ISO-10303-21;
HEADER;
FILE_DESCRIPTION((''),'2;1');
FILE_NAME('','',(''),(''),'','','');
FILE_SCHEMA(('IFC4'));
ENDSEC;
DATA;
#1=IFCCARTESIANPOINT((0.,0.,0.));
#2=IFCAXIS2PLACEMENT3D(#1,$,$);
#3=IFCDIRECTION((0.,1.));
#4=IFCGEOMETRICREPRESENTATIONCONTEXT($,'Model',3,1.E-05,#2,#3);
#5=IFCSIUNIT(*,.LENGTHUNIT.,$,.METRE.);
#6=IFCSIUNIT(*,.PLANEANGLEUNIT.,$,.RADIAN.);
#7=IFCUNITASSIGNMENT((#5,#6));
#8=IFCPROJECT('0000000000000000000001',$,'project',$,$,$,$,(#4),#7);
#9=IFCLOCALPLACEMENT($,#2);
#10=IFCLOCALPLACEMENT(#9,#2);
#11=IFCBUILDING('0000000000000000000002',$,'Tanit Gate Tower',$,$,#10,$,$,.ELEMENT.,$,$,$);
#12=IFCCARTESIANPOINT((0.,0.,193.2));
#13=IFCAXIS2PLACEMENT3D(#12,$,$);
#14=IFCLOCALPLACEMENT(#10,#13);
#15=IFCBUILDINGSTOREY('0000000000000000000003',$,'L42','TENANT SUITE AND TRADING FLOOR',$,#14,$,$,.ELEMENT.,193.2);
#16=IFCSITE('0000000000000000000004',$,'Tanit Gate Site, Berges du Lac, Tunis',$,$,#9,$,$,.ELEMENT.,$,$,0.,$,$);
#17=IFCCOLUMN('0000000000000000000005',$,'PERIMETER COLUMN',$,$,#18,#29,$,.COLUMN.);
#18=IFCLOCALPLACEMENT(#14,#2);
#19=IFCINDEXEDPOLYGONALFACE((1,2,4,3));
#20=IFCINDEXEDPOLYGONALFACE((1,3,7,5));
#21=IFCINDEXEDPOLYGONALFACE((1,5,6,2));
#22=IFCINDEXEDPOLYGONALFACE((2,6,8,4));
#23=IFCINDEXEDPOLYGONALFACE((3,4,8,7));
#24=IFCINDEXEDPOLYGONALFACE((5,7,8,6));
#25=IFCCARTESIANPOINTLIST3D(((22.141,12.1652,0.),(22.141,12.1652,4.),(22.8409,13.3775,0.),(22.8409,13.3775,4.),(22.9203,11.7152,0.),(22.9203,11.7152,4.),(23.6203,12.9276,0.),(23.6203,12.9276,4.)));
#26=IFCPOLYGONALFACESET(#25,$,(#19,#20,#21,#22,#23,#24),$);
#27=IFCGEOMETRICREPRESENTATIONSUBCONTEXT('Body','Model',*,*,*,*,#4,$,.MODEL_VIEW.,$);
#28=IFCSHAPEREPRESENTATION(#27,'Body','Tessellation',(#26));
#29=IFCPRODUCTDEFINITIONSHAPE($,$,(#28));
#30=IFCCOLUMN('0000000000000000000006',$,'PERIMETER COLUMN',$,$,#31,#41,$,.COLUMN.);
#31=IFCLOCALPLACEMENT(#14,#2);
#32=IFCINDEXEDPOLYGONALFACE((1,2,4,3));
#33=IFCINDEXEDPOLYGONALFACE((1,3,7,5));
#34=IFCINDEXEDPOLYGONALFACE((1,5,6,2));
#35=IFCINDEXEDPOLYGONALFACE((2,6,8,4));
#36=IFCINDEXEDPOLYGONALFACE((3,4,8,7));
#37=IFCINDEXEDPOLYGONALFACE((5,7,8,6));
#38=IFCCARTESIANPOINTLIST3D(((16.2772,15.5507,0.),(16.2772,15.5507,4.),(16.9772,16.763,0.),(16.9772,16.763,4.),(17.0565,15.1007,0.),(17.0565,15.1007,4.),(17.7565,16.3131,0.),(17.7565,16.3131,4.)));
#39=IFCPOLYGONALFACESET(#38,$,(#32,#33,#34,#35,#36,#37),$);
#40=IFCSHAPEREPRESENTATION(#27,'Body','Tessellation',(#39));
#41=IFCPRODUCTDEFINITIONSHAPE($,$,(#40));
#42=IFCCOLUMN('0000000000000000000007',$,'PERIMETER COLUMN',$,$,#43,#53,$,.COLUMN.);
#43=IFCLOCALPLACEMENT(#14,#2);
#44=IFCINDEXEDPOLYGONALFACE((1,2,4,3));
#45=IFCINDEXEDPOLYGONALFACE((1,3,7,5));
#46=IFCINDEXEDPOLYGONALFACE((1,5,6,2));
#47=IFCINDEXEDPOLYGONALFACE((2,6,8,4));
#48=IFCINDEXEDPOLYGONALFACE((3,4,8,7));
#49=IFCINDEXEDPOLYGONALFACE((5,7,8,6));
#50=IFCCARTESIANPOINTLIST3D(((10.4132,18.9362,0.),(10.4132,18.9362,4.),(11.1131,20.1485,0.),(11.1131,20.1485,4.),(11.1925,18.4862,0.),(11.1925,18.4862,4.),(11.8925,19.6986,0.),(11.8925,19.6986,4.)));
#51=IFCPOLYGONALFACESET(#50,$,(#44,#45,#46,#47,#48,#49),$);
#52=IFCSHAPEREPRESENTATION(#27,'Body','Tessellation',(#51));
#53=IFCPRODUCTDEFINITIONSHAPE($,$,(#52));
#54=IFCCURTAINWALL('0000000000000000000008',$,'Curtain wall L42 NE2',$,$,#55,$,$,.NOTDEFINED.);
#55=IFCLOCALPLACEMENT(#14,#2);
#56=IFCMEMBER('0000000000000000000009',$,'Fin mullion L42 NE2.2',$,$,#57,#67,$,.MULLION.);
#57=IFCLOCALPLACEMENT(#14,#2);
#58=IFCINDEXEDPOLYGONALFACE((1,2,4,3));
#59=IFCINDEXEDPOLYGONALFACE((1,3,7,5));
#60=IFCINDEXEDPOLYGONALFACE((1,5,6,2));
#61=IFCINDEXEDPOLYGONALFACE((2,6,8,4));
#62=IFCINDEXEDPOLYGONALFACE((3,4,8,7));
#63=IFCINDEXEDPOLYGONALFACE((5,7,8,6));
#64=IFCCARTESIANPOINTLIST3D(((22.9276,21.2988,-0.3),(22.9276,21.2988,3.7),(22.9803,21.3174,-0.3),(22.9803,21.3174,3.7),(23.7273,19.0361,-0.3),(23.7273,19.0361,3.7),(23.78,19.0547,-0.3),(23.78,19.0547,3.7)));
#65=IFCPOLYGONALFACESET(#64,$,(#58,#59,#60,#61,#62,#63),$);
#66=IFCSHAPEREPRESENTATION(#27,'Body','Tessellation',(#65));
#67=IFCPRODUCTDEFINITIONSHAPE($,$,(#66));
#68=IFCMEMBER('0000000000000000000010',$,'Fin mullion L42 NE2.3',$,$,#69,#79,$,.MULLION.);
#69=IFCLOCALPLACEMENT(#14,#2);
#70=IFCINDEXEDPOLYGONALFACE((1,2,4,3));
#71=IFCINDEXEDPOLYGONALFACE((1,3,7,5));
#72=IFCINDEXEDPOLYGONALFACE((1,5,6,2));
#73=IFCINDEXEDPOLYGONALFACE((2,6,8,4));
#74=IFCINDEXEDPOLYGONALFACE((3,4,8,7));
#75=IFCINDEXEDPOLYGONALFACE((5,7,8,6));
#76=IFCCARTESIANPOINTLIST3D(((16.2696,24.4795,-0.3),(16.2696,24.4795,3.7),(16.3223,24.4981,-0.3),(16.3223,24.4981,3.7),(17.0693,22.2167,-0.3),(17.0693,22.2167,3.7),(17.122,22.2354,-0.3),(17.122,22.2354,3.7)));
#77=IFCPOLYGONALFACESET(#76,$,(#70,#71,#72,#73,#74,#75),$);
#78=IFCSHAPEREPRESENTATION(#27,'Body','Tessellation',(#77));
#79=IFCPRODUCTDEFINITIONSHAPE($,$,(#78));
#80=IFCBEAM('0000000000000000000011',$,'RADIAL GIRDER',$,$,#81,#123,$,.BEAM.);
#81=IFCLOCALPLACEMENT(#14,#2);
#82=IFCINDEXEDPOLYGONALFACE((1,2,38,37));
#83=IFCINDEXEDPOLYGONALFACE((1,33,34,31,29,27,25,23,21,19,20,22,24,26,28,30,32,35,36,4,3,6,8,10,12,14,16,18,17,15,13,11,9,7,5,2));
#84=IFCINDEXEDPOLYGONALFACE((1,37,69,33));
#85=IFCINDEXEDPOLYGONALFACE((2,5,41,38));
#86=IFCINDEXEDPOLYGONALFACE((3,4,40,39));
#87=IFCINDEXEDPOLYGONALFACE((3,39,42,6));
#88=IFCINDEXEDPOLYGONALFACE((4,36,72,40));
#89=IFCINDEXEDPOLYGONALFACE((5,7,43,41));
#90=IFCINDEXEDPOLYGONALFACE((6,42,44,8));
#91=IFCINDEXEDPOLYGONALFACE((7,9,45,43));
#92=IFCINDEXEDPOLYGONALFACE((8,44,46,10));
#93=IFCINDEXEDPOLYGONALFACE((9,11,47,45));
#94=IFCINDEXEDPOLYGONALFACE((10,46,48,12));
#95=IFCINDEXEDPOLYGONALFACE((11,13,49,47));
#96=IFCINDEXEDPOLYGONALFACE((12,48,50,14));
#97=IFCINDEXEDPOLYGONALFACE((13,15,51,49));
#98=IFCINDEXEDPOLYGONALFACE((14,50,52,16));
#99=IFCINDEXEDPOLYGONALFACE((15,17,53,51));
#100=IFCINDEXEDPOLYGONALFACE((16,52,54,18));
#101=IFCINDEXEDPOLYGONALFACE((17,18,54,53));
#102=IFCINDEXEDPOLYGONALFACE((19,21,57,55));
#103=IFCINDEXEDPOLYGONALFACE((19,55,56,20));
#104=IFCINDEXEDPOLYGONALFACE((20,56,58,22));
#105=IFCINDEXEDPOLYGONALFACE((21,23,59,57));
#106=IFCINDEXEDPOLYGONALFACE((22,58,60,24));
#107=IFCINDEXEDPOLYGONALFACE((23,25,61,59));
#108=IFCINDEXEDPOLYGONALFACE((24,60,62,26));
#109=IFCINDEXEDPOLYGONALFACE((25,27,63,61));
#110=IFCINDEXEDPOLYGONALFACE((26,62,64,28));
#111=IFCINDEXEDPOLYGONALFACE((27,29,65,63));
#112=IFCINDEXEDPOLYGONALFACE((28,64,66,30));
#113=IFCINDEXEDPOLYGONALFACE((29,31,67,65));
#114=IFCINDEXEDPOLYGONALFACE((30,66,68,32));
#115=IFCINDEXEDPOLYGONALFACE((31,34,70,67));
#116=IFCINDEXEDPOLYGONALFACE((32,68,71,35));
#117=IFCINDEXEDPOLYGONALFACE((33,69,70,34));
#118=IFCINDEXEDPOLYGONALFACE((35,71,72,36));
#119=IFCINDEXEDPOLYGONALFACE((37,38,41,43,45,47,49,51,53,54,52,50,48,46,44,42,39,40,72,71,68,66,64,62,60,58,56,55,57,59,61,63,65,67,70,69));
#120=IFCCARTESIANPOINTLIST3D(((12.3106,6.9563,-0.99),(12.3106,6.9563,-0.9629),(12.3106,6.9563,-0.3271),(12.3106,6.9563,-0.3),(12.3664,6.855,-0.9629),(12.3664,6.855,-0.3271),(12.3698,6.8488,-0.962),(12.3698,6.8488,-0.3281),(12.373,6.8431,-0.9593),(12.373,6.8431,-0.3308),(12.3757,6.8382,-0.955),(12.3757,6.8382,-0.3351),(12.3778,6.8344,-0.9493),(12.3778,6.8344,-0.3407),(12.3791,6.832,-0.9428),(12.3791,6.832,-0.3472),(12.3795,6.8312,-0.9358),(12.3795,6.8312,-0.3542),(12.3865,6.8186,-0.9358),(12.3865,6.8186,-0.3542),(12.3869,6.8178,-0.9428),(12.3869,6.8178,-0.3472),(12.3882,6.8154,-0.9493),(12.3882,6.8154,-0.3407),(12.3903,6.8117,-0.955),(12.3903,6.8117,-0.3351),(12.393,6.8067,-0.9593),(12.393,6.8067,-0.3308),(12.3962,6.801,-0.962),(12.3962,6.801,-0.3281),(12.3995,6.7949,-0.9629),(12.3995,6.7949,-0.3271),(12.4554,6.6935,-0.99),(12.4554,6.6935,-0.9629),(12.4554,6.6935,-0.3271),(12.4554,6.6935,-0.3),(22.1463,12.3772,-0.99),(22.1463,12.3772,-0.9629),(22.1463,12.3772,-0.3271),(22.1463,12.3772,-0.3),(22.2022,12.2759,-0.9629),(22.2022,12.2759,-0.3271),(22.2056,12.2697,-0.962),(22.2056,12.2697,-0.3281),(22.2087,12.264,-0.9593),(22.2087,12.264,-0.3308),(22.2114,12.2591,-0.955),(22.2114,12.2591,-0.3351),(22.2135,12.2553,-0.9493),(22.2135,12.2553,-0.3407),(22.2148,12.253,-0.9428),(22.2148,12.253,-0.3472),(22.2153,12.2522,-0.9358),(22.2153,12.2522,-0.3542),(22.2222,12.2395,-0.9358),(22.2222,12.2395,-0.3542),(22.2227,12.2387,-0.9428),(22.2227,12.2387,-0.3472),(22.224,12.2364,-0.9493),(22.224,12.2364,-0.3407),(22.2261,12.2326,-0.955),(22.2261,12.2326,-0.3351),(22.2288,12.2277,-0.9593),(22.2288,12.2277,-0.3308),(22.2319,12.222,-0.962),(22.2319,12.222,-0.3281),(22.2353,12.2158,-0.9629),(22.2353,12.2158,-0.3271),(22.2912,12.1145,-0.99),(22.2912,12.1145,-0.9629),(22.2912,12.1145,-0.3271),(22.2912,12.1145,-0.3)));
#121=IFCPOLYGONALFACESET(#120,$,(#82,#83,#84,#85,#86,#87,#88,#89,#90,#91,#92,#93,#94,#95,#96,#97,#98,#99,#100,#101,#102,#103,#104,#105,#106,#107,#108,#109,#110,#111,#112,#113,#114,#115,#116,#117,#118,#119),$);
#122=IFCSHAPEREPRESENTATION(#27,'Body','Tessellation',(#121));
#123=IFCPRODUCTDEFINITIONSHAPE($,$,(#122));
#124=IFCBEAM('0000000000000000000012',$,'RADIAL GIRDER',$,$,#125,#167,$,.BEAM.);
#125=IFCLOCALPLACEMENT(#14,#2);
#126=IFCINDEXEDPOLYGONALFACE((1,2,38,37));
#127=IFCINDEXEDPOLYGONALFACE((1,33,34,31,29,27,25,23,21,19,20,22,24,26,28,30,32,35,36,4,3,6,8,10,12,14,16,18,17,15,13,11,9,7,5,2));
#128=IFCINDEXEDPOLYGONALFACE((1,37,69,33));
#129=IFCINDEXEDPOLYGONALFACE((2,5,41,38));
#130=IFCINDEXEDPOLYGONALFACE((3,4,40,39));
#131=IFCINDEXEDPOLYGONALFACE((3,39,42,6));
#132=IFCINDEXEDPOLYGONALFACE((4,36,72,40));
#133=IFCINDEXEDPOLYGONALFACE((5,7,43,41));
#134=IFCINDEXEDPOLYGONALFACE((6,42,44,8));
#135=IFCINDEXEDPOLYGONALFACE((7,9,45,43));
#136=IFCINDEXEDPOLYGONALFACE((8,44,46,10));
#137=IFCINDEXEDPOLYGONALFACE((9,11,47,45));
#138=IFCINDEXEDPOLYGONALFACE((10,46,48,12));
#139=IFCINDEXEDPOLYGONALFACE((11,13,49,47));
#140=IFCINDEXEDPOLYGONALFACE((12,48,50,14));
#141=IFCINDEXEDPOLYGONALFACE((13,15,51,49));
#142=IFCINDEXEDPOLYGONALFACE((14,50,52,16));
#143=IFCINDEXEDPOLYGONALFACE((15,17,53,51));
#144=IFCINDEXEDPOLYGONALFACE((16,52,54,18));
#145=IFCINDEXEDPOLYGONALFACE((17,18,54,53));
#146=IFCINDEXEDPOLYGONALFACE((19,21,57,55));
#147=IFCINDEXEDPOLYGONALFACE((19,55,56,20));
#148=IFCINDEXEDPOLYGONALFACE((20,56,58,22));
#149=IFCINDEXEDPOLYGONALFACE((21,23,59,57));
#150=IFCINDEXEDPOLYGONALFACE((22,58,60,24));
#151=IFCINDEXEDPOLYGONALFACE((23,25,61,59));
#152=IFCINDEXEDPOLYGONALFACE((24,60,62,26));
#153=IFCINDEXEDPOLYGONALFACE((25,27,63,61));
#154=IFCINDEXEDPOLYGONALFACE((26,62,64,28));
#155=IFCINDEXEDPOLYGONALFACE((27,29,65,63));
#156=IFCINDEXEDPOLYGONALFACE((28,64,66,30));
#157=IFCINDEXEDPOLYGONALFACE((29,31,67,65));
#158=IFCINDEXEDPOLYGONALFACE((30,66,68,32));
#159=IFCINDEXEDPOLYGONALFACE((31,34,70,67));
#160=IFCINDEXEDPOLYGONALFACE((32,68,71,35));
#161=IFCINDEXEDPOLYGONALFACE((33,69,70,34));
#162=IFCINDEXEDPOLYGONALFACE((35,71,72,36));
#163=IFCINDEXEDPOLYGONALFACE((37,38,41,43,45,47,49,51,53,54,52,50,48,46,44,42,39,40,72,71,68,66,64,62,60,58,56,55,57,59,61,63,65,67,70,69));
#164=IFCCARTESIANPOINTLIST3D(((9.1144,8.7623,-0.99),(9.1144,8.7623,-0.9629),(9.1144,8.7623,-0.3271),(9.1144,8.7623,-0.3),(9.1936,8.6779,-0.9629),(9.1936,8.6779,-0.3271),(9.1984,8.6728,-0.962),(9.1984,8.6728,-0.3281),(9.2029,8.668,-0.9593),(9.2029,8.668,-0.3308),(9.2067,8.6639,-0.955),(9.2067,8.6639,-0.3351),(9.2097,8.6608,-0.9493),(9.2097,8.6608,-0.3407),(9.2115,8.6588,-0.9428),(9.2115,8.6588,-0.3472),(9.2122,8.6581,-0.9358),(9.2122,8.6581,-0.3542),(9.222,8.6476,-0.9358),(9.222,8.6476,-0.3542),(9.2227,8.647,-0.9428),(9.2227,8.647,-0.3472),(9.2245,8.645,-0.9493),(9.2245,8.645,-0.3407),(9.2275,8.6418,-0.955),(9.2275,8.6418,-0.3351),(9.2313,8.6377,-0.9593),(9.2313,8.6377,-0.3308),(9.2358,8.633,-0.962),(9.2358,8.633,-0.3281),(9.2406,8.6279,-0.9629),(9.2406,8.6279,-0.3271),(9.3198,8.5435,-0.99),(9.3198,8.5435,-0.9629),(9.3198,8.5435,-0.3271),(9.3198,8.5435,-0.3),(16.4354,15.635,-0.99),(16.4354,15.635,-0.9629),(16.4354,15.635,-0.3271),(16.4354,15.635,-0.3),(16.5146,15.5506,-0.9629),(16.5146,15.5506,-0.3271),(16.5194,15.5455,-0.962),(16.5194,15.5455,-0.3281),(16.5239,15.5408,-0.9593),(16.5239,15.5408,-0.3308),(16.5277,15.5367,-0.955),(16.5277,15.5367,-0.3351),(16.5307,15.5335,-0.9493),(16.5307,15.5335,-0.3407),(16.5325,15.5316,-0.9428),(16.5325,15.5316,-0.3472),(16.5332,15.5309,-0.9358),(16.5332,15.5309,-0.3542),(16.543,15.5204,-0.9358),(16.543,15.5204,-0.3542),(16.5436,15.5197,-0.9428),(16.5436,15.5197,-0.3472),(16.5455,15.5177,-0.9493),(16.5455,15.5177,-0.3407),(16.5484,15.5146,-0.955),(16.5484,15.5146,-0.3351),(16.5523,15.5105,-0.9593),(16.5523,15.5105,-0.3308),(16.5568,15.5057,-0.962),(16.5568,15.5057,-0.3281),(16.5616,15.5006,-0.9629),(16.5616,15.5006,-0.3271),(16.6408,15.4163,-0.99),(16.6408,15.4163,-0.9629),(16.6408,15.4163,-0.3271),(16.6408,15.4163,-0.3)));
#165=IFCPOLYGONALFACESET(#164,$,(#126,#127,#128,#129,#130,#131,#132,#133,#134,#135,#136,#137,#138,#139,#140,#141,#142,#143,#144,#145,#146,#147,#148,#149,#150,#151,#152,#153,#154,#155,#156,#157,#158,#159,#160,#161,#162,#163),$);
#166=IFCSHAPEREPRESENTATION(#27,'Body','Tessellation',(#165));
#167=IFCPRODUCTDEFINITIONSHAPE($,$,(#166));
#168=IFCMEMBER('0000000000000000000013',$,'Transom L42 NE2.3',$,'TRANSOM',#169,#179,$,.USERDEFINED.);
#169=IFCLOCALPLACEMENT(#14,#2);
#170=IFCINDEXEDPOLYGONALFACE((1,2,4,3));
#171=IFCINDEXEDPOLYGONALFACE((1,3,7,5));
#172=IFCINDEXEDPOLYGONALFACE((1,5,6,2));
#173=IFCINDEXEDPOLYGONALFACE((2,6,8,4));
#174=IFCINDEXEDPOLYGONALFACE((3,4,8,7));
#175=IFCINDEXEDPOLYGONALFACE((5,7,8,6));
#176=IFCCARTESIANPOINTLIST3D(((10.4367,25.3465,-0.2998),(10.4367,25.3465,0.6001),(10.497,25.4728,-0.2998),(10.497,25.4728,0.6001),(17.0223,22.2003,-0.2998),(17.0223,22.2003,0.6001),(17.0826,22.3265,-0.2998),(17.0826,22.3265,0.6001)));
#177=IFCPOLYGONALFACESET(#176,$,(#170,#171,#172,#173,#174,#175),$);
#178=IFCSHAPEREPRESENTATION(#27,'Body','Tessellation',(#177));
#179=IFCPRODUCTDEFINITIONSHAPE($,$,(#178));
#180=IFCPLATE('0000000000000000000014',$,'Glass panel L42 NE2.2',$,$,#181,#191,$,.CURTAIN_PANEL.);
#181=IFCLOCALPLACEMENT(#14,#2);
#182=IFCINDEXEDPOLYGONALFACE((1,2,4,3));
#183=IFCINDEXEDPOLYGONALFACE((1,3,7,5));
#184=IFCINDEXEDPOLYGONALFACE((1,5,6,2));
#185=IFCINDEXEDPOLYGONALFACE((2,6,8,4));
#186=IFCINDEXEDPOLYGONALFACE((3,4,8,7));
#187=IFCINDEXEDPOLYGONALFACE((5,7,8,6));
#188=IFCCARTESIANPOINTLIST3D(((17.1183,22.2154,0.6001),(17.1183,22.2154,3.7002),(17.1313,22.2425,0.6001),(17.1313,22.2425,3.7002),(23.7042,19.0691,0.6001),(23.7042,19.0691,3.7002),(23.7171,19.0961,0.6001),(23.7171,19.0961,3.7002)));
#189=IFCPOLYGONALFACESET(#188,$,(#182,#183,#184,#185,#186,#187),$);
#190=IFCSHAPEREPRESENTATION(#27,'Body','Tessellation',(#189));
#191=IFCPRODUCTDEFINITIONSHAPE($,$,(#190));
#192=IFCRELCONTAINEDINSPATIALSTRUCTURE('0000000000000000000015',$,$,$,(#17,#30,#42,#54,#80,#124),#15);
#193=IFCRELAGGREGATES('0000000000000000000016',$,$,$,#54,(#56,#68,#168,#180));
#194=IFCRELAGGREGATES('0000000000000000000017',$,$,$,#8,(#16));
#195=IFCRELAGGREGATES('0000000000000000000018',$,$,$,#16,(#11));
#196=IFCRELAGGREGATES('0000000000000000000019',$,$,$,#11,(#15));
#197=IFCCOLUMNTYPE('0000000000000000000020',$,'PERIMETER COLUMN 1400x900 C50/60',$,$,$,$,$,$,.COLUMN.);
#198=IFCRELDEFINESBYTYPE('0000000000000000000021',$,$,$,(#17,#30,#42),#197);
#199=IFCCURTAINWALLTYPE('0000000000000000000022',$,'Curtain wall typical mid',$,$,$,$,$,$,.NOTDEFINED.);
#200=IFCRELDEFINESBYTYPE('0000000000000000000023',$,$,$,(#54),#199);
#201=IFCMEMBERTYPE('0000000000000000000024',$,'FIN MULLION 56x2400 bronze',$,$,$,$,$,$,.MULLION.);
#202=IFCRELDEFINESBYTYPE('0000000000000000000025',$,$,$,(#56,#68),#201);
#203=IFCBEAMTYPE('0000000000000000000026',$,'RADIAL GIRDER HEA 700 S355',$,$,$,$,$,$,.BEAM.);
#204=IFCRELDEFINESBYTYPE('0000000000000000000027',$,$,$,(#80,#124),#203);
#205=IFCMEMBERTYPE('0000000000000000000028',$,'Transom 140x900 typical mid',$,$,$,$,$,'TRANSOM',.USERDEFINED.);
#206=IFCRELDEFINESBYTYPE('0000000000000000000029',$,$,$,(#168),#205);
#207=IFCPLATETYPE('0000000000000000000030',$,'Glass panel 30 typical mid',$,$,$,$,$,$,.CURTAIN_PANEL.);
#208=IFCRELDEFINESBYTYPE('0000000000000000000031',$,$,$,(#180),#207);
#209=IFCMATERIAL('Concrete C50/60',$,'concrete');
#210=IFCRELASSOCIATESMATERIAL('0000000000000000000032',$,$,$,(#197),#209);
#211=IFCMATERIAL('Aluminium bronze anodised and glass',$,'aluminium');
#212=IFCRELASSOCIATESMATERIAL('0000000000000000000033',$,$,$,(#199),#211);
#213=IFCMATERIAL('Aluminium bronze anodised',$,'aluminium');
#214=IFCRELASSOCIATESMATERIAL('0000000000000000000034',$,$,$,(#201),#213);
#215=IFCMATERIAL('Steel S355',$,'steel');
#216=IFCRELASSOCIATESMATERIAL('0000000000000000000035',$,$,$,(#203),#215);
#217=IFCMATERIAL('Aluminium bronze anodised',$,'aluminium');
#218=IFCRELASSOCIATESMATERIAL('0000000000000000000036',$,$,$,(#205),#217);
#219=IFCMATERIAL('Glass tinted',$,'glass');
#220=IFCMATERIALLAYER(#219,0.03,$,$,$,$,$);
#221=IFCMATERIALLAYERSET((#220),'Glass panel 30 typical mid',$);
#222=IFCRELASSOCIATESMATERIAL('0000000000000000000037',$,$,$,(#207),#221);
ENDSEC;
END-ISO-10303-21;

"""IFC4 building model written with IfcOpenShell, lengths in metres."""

from ifc_helpers import new_model, si_unit, direction, frame, origin, origin_2d, place, context, subcontext, project, spatial, rectangle, i_section, extrude, material, layer, layer_set, material_profile, profile_set, type_object, element, aggregate, save


model = new_model("IFC4")

# Units and contexts
model_context = context("Model", 3, precision=1e-05, world=origin(), true_north=direction((0.0, 1.0)))
body_context = subcontext(model_context, "Body", "Model", "MODEL_VIEW")
ifc_project = project(units=[si_unit("LENGTHUNIT", "METRE"), si_unit("PLANEANGLEUNIT", "RADIAN")], contexts=[model_context])

# Site, building, storey
site_placement = place(None, origin())
site = spatial("IfcSite", under=ifc_project, at=site_placement, Name="Tanit Gate Site, Berges du Lac, Tunis", CompositionType="ELEMENT", RefElevation=0.0)
building_placement = place(site_placement, origin())
building = spatial("IfcBuilding", under=site, at=building_placement, Name="Tanit Gate Tower", CompositionType="ELEMENT")
storey_placement = place(building_placement, frame((0.0, 0.0, 193.2)))
storey = spatial("IfcBuildingStorey", under=building, at=storey_placement, Name="L42", Description="TENANT SUITE AND TRADING FLOOR", CompositionType="ELEMENT", Elevation=193.2)

# Columns
ifc_material_1 = material(Name="Concrete C50/60", Category="concrete")
ifc_material_profile_1 = material_profile(ifc_material_1, rectangle(XDim=1.3999, YDim=0.8999, at=origin_2d()), Name="RC 1400x900")
ifc_profile_set_1 = profile_set([ifc_material_profile_1], Name="Concrete C50/60")
column_type = type_object("IfcColumnType", Name="PERIMETER COLUMN 1400x900 C50/60", PredefinedType="COLUMN", material=ifc_profile_set_1)
for number, where, z_axis, x_axis, name in (
    (1, (22.8806, 12.5464, 0.0), (0.0, 0.0, 1.0), (0.5, 0.866025, 0.0), "PERIMETER COLUMN"),
    (2, (17.0168, 15.9319, 0.0), (0.0, 0.0, 1.0), (0.5, 0.866025, 0.0), "PERIMETER COLUMN"),
    (3, (11.1528, 19.3174, 0.0), (0.0, 0.0, 1.0), (0.5, 0.866025, 0.0), "PERIMETER COLUMN"),
):
    element("IfcColumn", number, at=place(storey_placement, frame(where, z_axis=z_axis, x_axis=x_axis)), inside=storey, type_object=column_type, Name=name, PredefinedType="COLUMN", context=body_context, shape_type="SweptSolid", body=[
        extrude(rectangle(XDim=1.3999, YDim=0.8999, at=origin_2d()), origin(), (0.0, 0.0, 1.0), 4.0),
    ])

# Curtain wall, members
ifc_material_2 = material(Name="Aluminium bronze anodised and glass", Category="aluminium")
curtain_wall_type = type_object("IfcCurtainWallType", Name="Curtain wall typical mid", PredefinedType="NOTDEFINED", material=ifc_material_2)
curtain_wall_placement = place(storey_placement, origin())
curtain_wall = element("IfcCurtainWall", 4, at=curtain_wall_placement, inside=storey, type_object=curtain_wall_type, Name="Curtain wall L42 NE2", PredefinedType="NOTDEFINED")
ifc_material_3 = material(Name="Aluminium bronze anodised", Category="aluminium")
ifc_material_profile_2 = material_profile(ifc_material_3, rectangle(XDim=2.3999, YDim=0.0559, at=origin_2d()), Name="56x2400 bronze fin mullion")
ifc_profile_set_2 = profile_set([ifc_material_profile_2], Name="Aluminium bronze anodised")
member_type_1 = type_object("IfcMemberType", Name="FIN MULLION 56x2400 bronze", PredefinedType="MULLION", material=ifc_profile_set_2)
member_1_placement = place(storey_placement, frame((23.3538, 20.1768, -0.3), z_axis=(0.0, 0.0, 1.0), x_axis=(0.33322, -0.942849, 0.0)))
member_1 = element("IfcMember", 5, at=member_1_placement, type_object=member_type_1, Name="Fin mullion L42 NE2.2", PredefinedType="MULLION", context=body_context, shape_type="SweptSolid", body=[
    extrude(rectangle(XDim=2.3999, YDim=0.0559, at=origin_2d()), origin(), (0.0, 0.0, 1.0), 4.0),
])
member_2_placement = place(storey_placement, frame((16.6958, 23.3574, -0.3), z_axis=(0.0, 0.0, 1.0), x_axis=(0.33322, -0.942849, 0.0)))
member_2 = element("IfcMember", 6, at=member_2_placement, type_object=member_type_1, Name="Fin mullion L42 NE2.3", PredefinedType="MULLION", context=body_context, shape_type="SweptSolid", body=[
    extrude(rectangle(XDim=2.3999, YDim=0.0559, at=origin_2d()), origin(), (0.0, 0.0, 1.0), 4.0),
])

# Beams
ifc_material_4 = material(Name="Steel S355", Category="steel")
ifc_material_profile_3 = material_profile(ifc_material_4, i_section(OverallWidth=0.3, OverallDepth=0.6899, WebThickness=0.0144, FlangeThickness=0.0271, FilletRadius=0.0271, at=origin_2d()), Name="HEA 700")
ifc_profile_set_3 = profile_set([ifc_material_profile_3], Name="Steel S355")
beam_type = type_object("IfcBeamType", Name="RADIAL GIRDER HEA 700 S355", PredefinedType="BEAM", material=ifc_profile_set_3)
beam_1_placement = place(storey_placement, frame((22.2188, 12.2458, -0.645), z_axis=(-0.875792, -0.482689, 0.0), x_axis=(0.482689, -0.875792, 0.0)))
element("IfcBeam", 7, at=beam_1_placement, inside=storey, type_object=beam_type, Name="RADIAL GIRDER", PredefinedType="BEAM", context=body_context, shape_type="SweptSolid", body=[
    extrude(i_section(OverallWidth=0.3, OverallDepth=0.6899, WebThickness=0.0144, FlangeThickness=0.0271, FilletRadius=0.0271, at=origin_2d()), origin(), (0.0, 0.0, 1.0), 11.2307),
])
beam_2_placement = place(storey_placement, frame((16.5381, 15.5256, -0.645), z_axis=(-0.729074, -0.684435, 0.0), x_axis=(0.684435, -0.729074, 0.0)))
element("IfcBeam", 8, at=beam_2_placement, inside=storey, type_object=beam_type, Name="RADIAL GIRDER", PredefinedType="BEAM", context=body_context, shape_type="SweptSolid", body=[
    extrude(i_section(OverallWidth=0.3, OverallDepth=0.6899, WebThickness=0.0144, FlangeThickness=0.0271, FilletRadius=0.0271, at=origin_2d()), origin(), (0.0, 0.0, 1.0), 10.0415),
])

# Member
ifc_material_5 = material(Name="Aluminium bronze anodised", Category="aluminium")
ifc_material_profile_4 = material_profile(ifc_material_5, rectangle(XDim=0.1399, YDim=0.8999, at=origin_2d()), Name="140x900 bronze transom")
ifc_profile_set_4 = profile_set([ifc_material_profile_4], Name="Aluminium bronze anodised")
member_type_2 = type_object("IfcMemberType", Name="Transom 140x900 typical mid", ElementType="TRANSOM", PredefinedType="USERDEFINED", material=ifc_profile_set_4)
member_3_placement = place(storey_placement, frame((17.0525, 22.2634, 0.1501), z_axis=(-0.902318, 0.431072, 0.0), x_axis=(-0.431072, -0.902318, 0.0)))
member_3 = element("IfcMember", 9, at=member_3_placement, type_object=member_type_2, Name="Transom L42 NE2.3", ObjectType="TRANSOM", PredefinedType="USERDEFINED", context=body_context, shape_type="SweptSolid", body=[
    extrude(rectangle(XDim=0.1399, YDim=0.8999, at=origin_2d()), origin(), (0.0, 0.0, 1.0), 7.2986),
])

# Plate
ifc_material_6 = material(Name="Glass tinted", Category="glass")
ifc_layer_1 = layer(ifc_material_6, 0.03)
ifc_layer_set_1 = layer_set([ifc_layer_1], Name="Glass panel 30 typical mid")
plate_type = type_object("IfcPlateType", Name="Glass panel 30 typical mid", PredefinedType="CURTAIN_PANEL", material=ifc_layer_set_1)
plate_1_placement = place(storey_placement, frame((20.4177, 20.6558, 0.6001), z_axis=(0.0, 0.0, 1.0), x_axis=(-0.902317, 0.431073, 0.0)))
plate_1 = element("IfcPlate", 10, at=plate_1_placement, type_object=plate_type, Name="Glass panel L42 NE2.2", PredefinedType="CURTAIN_PANEL", context=body_context, shape_type="SweptSolid", body=[
    extrude(rectangle(XDim=7.2988, YDim=0.03, at=origin_2d()), origin(), (0.0, 0.0, 1.0), 3.1001),
])
aggregate(curtain_wall, [member_1, member_2, member_3, plate_1])

save(model, "model.ifc")
